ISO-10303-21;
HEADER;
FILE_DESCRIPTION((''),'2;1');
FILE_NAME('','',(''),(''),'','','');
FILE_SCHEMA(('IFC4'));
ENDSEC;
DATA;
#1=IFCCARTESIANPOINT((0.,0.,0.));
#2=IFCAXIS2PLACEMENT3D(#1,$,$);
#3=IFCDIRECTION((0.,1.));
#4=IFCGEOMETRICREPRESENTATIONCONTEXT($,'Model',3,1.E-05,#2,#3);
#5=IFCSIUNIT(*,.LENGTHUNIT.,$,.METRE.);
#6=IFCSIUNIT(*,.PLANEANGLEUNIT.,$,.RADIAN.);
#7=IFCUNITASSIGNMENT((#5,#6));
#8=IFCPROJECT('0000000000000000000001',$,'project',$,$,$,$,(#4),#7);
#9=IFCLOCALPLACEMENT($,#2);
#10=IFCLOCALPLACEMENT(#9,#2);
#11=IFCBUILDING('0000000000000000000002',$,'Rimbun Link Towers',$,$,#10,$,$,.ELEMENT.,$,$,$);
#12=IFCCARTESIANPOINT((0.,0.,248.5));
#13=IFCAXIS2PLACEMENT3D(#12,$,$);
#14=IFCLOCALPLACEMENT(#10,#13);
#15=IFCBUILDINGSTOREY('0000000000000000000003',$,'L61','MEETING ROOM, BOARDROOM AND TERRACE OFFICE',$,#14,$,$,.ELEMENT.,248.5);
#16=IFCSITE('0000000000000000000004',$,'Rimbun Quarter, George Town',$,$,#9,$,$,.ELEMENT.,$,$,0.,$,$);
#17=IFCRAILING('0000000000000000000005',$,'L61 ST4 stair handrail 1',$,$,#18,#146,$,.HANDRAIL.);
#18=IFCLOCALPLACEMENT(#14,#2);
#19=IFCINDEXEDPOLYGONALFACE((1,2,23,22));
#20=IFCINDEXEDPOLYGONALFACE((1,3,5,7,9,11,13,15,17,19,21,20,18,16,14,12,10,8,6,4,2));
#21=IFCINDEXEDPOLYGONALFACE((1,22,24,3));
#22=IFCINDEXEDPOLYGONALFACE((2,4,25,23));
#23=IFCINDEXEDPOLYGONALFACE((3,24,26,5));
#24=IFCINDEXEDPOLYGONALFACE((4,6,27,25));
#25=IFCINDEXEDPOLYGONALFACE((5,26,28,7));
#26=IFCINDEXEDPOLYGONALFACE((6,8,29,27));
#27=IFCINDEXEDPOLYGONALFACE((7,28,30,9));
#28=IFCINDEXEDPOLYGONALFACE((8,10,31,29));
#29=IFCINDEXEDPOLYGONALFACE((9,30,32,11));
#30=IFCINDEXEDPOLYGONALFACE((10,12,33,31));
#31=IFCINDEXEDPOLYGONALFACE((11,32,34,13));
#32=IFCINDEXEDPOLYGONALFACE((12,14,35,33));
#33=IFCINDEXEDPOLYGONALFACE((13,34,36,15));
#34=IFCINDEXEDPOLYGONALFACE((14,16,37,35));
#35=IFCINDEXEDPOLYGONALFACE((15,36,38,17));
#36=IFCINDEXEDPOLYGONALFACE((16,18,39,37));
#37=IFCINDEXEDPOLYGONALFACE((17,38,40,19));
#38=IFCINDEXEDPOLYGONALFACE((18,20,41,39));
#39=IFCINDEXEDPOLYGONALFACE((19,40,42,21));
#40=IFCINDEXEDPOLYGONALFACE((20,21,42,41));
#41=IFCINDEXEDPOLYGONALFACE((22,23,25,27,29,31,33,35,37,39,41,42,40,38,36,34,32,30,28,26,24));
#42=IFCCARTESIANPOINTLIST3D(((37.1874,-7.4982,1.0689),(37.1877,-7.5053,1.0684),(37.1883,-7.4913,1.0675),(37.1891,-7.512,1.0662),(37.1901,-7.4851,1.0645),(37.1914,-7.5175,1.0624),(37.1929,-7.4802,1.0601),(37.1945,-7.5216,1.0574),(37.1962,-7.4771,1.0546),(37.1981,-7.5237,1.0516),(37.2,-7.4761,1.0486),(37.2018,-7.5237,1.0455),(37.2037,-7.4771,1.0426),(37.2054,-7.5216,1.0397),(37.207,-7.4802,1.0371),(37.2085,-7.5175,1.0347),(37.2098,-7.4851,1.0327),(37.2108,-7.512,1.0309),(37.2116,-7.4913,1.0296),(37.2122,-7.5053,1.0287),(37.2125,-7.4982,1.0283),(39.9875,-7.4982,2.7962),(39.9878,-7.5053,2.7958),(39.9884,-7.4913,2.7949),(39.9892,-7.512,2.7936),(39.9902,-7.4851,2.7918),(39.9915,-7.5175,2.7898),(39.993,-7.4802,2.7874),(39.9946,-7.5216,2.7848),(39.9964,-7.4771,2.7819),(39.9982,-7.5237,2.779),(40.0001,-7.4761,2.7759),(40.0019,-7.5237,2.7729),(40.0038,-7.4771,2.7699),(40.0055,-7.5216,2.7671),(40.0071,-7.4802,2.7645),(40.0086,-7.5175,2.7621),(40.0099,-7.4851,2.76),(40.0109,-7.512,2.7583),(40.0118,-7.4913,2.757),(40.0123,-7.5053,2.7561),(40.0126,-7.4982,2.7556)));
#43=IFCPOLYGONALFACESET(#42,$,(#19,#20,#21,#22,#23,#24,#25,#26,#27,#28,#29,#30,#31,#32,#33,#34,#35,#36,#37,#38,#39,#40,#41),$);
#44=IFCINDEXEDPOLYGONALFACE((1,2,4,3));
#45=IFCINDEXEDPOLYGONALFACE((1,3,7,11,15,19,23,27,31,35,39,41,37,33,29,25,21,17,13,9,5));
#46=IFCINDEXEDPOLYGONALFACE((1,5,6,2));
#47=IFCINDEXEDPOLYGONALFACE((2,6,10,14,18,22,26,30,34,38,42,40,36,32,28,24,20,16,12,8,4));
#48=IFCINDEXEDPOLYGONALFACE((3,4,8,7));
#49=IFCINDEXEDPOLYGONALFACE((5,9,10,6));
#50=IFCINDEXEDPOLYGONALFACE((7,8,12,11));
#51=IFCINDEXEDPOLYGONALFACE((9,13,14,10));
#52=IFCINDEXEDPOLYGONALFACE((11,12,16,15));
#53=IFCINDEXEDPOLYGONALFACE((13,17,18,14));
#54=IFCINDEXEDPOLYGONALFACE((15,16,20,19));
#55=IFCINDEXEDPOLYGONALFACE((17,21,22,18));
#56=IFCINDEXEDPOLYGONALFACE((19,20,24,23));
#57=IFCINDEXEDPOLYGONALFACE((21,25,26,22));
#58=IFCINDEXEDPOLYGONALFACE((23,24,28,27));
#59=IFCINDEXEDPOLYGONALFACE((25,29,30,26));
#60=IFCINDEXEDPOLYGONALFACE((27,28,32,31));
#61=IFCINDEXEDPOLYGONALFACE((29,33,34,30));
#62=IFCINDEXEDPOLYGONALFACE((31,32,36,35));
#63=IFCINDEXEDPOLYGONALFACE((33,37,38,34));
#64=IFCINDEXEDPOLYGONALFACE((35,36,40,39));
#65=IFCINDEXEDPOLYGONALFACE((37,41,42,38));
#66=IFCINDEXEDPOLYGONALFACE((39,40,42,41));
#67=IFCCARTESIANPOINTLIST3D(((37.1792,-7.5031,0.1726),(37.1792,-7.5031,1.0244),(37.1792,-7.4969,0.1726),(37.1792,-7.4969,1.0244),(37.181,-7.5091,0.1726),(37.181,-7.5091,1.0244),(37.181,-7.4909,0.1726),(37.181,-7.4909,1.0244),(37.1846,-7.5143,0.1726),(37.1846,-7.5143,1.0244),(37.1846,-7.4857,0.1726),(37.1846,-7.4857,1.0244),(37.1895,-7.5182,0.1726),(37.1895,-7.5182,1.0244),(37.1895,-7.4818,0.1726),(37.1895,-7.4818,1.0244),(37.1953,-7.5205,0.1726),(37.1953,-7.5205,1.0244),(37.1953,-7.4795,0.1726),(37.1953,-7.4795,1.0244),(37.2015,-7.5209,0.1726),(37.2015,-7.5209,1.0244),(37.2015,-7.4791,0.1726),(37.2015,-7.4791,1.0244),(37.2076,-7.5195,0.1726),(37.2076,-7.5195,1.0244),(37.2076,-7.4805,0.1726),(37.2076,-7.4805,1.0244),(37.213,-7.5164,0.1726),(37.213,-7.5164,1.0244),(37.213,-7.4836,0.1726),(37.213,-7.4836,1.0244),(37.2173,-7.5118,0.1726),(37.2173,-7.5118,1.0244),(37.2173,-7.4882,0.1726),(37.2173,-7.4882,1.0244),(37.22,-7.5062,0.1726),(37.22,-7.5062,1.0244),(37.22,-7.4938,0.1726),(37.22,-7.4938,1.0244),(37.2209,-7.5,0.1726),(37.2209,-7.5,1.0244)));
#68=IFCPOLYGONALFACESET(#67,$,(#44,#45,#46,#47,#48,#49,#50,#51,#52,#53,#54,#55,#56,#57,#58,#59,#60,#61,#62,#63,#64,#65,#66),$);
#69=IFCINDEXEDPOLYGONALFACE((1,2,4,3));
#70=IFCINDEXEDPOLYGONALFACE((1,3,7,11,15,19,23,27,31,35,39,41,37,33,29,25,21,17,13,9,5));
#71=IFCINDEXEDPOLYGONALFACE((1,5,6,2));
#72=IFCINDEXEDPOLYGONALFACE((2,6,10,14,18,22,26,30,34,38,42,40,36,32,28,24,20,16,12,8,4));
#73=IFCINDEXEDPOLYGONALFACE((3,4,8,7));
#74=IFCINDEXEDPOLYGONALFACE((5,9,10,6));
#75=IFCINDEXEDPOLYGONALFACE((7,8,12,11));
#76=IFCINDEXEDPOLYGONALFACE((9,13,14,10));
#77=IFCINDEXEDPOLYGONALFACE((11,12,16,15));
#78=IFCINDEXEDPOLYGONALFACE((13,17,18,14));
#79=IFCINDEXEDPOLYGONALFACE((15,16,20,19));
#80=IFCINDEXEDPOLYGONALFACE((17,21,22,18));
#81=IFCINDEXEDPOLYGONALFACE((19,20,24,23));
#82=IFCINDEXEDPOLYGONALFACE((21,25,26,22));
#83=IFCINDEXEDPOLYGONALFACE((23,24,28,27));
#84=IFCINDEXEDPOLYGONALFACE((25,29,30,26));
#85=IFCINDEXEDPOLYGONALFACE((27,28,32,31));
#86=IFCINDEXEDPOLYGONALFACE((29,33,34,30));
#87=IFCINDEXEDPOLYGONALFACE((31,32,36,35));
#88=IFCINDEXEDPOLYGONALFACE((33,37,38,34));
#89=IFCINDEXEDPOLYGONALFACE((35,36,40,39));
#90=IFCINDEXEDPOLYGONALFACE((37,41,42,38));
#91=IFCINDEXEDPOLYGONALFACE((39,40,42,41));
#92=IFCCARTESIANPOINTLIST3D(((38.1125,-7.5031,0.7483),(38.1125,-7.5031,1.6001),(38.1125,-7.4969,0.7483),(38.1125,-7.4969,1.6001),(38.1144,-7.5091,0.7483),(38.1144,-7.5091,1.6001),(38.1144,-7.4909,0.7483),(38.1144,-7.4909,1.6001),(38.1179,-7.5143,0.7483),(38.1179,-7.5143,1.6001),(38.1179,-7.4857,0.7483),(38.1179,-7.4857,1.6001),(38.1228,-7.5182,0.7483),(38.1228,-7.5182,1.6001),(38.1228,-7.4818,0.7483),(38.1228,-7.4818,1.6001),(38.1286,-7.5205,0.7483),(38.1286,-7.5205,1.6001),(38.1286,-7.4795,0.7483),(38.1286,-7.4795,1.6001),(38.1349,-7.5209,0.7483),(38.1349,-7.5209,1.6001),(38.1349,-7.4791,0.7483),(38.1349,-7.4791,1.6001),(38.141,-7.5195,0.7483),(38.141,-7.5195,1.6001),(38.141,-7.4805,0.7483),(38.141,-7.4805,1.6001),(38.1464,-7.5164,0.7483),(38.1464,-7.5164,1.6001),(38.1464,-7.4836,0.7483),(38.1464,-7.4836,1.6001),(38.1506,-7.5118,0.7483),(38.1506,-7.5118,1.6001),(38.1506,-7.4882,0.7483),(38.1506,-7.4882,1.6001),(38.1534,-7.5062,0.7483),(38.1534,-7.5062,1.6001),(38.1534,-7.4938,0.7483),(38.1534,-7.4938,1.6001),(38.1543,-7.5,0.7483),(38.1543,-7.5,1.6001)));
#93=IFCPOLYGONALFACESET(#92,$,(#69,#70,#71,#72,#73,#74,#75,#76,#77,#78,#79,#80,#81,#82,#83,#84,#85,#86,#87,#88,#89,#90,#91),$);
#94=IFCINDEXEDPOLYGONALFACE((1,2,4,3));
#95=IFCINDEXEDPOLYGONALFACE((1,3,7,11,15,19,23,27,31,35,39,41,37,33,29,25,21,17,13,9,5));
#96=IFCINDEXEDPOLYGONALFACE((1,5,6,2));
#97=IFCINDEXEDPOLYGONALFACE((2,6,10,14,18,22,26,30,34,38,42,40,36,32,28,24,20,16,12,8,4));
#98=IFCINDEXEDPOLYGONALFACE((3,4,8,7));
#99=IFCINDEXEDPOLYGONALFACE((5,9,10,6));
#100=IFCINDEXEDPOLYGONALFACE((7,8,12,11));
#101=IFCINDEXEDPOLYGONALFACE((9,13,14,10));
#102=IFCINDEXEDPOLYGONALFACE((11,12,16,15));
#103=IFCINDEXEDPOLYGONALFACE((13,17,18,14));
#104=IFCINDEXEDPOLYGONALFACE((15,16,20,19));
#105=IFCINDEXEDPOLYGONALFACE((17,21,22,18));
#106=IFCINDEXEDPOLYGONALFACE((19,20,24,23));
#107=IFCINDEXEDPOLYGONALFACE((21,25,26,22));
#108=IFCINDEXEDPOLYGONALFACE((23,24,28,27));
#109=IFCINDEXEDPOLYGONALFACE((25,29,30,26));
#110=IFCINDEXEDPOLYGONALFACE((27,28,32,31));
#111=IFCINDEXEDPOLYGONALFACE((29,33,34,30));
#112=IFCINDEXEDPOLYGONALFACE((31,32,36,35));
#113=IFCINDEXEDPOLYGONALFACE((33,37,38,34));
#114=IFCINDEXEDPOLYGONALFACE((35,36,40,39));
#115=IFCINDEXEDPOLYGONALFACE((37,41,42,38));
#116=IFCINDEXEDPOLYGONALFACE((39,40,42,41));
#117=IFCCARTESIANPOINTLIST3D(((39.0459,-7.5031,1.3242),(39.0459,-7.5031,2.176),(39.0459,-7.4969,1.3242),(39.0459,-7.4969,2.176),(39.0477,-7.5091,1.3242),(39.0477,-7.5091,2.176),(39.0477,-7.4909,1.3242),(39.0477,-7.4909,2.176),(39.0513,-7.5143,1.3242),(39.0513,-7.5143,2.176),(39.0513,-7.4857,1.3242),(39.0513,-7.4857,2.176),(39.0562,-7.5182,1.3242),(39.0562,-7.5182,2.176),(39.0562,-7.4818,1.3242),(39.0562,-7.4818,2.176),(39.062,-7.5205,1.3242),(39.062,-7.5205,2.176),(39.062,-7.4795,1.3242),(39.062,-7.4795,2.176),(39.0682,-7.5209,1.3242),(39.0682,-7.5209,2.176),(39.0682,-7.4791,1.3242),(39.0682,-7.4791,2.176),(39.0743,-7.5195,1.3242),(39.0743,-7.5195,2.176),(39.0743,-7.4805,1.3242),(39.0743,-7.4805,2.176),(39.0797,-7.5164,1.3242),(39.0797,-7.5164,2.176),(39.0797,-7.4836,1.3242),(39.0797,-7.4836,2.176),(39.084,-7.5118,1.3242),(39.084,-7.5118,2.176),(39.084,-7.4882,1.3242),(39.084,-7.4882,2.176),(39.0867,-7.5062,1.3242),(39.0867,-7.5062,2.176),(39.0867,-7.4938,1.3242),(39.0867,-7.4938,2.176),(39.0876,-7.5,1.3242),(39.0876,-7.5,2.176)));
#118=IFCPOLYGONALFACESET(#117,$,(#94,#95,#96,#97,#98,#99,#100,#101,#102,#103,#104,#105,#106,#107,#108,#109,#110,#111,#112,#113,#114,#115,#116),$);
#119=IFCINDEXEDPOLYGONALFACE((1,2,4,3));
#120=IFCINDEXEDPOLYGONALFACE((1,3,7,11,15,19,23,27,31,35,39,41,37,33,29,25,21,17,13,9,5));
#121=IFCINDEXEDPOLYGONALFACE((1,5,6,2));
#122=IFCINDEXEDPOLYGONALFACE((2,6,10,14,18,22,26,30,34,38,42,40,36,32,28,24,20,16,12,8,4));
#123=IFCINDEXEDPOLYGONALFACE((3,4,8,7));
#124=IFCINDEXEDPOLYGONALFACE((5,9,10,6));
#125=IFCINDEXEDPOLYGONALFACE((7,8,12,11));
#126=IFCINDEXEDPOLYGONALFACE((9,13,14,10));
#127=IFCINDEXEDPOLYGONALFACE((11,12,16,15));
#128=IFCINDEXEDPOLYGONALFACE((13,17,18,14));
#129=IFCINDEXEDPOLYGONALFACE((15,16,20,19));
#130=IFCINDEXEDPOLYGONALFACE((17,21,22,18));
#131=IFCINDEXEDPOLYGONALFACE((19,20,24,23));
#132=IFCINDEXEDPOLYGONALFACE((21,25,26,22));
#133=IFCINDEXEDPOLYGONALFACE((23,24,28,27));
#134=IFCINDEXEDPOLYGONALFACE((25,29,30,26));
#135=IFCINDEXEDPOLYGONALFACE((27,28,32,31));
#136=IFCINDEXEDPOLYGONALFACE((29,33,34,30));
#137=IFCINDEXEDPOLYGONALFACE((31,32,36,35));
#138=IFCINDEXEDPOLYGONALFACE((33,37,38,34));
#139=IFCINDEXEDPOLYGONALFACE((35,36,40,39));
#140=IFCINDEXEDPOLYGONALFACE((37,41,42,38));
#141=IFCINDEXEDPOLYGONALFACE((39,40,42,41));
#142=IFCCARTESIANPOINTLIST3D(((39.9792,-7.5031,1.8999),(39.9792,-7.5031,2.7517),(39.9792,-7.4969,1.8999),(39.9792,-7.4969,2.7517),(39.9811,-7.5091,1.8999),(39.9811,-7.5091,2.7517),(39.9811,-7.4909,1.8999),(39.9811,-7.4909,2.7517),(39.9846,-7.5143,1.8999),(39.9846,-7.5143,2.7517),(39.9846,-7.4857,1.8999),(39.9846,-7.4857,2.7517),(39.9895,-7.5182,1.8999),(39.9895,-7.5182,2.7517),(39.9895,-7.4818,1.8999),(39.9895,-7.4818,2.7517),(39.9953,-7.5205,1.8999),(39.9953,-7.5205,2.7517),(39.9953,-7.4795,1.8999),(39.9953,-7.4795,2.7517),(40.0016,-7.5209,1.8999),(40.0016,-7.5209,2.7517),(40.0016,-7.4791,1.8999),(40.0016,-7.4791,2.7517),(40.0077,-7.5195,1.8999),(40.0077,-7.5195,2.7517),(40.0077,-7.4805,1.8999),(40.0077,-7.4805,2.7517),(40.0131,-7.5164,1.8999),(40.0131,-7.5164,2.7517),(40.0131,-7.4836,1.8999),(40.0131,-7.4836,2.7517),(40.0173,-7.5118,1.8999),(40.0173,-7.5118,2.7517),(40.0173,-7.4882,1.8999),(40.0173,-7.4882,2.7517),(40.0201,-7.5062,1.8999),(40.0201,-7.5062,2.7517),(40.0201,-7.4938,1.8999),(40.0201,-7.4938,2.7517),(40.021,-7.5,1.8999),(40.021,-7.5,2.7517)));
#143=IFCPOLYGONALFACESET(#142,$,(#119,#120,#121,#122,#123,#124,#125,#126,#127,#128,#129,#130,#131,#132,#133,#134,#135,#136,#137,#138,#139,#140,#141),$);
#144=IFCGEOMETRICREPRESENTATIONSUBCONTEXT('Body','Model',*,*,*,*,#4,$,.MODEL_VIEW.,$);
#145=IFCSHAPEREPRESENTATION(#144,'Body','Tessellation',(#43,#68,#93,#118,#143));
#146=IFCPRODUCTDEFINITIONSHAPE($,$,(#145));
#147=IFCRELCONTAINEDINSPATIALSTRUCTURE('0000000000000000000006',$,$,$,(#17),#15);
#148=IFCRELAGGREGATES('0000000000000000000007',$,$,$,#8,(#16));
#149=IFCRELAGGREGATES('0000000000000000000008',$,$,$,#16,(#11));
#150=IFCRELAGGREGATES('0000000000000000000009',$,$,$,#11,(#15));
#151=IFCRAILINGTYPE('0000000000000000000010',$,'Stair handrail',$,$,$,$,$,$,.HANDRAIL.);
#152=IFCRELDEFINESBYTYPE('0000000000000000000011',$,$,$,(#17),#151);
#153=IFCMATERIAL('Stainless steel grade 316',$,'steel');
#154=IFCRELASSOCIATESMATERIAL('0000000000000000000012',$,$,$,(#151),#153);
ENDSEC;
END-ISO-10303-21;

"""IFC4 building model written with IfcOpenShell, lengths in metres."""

from ifc_helpers import new_model, si_unit, direction, frame, origin, origin_2d, place, context, subcontext, project, spatial, circle, extrude, material, type_object, element, save


model = new_model("IFC4")

# Units and contexts
model_context = context("Model", 3, precision=1e-05, world=origin(), true_north=direction((0.0, 1.0)))
body_context = subcontext(model_context, "Body", "Model", "MODEL_VIEW")
ifc_project = project(units=[si_unit("LENGTHUNIT", "METRE"), si_unit("PLANEANGLEUNIT", "RADIAN")], contexts=[model_context])

# Site, building, storey
site_placement = place(None, origin())
site = spatial("IfcSite", under=ifc_project, at=site_placement, Name="Rimbun Quarter, George Town", CompositionType="ELEMENT", RefElevation=0.0)
building_placement = place(site_placement, origin())
building = spatial("IfcBuilding", under=site, at=building_placement, Name="Rimbun Link Towers", CompositionType="ELEMENT")
storey_placement = place(building_placement, frame((0.0, 0.0, 248.5)))
storey = spatial("IfcBuildingStorey", under=building, at=storey_placement, Name="L61", Description="MEETING ROOM, BOARDROOM AND TERRACE OFFICE", CompositionType="ELEMENT", Elevation=248.5)

# Railing
ifc_material_1 = material(Name="Stainless steel grade 316", Category="steel")
railing_type_1 = type_object("IfcRailingType", Name="Stair handrail", PredefinedType="HANDRAIL", material=ifc_material_1)
railing_1_placement = place(storey_placement, frame((37.2, -7.5, 0.1726)))
element("IfcRailing", 1, at=railing_1_placement, inside=storey, type_object=railing_type_1, Name="L61 ST4 stair handrail 1", PredefinedType="HANDRAIL", context=body_context, shape_type="SweptSolid", body=[
    extrude(circle(Radius=0.0239, at=origin_2d()), frame((0.0, 0.0, 0.876), z_axis=(0.85109, 0.0, 0.52502), x_axis=(0.0, 1.0, 0.0)), (0.0, 0.0, 1.0), 3.29),
    extrude(circle(Radius=0.021, at=origin_2d()), origin(), (0.0, 0.0, 1.0), 0.8518),
    extrude(circle(Radius=0.021, at=origin_2d()), frame((0.9333, 0.0, 0.5757)), (0.0, 0.0, 1.0), 0.8518),
    extrude(circle(Radius=0.021, at=origin_2d()), frame((1.8667, 0.0, 1.1516)), (0.0, 0.0, 1.0), 0.8518),
    extrude(circle(Radius=0.021, at=origin_2d()), frame((2.8, 0.0, 1.7273)), (0.0, 0.0, 1.0), 0.8518),
])

save(model, "model.ifc")
